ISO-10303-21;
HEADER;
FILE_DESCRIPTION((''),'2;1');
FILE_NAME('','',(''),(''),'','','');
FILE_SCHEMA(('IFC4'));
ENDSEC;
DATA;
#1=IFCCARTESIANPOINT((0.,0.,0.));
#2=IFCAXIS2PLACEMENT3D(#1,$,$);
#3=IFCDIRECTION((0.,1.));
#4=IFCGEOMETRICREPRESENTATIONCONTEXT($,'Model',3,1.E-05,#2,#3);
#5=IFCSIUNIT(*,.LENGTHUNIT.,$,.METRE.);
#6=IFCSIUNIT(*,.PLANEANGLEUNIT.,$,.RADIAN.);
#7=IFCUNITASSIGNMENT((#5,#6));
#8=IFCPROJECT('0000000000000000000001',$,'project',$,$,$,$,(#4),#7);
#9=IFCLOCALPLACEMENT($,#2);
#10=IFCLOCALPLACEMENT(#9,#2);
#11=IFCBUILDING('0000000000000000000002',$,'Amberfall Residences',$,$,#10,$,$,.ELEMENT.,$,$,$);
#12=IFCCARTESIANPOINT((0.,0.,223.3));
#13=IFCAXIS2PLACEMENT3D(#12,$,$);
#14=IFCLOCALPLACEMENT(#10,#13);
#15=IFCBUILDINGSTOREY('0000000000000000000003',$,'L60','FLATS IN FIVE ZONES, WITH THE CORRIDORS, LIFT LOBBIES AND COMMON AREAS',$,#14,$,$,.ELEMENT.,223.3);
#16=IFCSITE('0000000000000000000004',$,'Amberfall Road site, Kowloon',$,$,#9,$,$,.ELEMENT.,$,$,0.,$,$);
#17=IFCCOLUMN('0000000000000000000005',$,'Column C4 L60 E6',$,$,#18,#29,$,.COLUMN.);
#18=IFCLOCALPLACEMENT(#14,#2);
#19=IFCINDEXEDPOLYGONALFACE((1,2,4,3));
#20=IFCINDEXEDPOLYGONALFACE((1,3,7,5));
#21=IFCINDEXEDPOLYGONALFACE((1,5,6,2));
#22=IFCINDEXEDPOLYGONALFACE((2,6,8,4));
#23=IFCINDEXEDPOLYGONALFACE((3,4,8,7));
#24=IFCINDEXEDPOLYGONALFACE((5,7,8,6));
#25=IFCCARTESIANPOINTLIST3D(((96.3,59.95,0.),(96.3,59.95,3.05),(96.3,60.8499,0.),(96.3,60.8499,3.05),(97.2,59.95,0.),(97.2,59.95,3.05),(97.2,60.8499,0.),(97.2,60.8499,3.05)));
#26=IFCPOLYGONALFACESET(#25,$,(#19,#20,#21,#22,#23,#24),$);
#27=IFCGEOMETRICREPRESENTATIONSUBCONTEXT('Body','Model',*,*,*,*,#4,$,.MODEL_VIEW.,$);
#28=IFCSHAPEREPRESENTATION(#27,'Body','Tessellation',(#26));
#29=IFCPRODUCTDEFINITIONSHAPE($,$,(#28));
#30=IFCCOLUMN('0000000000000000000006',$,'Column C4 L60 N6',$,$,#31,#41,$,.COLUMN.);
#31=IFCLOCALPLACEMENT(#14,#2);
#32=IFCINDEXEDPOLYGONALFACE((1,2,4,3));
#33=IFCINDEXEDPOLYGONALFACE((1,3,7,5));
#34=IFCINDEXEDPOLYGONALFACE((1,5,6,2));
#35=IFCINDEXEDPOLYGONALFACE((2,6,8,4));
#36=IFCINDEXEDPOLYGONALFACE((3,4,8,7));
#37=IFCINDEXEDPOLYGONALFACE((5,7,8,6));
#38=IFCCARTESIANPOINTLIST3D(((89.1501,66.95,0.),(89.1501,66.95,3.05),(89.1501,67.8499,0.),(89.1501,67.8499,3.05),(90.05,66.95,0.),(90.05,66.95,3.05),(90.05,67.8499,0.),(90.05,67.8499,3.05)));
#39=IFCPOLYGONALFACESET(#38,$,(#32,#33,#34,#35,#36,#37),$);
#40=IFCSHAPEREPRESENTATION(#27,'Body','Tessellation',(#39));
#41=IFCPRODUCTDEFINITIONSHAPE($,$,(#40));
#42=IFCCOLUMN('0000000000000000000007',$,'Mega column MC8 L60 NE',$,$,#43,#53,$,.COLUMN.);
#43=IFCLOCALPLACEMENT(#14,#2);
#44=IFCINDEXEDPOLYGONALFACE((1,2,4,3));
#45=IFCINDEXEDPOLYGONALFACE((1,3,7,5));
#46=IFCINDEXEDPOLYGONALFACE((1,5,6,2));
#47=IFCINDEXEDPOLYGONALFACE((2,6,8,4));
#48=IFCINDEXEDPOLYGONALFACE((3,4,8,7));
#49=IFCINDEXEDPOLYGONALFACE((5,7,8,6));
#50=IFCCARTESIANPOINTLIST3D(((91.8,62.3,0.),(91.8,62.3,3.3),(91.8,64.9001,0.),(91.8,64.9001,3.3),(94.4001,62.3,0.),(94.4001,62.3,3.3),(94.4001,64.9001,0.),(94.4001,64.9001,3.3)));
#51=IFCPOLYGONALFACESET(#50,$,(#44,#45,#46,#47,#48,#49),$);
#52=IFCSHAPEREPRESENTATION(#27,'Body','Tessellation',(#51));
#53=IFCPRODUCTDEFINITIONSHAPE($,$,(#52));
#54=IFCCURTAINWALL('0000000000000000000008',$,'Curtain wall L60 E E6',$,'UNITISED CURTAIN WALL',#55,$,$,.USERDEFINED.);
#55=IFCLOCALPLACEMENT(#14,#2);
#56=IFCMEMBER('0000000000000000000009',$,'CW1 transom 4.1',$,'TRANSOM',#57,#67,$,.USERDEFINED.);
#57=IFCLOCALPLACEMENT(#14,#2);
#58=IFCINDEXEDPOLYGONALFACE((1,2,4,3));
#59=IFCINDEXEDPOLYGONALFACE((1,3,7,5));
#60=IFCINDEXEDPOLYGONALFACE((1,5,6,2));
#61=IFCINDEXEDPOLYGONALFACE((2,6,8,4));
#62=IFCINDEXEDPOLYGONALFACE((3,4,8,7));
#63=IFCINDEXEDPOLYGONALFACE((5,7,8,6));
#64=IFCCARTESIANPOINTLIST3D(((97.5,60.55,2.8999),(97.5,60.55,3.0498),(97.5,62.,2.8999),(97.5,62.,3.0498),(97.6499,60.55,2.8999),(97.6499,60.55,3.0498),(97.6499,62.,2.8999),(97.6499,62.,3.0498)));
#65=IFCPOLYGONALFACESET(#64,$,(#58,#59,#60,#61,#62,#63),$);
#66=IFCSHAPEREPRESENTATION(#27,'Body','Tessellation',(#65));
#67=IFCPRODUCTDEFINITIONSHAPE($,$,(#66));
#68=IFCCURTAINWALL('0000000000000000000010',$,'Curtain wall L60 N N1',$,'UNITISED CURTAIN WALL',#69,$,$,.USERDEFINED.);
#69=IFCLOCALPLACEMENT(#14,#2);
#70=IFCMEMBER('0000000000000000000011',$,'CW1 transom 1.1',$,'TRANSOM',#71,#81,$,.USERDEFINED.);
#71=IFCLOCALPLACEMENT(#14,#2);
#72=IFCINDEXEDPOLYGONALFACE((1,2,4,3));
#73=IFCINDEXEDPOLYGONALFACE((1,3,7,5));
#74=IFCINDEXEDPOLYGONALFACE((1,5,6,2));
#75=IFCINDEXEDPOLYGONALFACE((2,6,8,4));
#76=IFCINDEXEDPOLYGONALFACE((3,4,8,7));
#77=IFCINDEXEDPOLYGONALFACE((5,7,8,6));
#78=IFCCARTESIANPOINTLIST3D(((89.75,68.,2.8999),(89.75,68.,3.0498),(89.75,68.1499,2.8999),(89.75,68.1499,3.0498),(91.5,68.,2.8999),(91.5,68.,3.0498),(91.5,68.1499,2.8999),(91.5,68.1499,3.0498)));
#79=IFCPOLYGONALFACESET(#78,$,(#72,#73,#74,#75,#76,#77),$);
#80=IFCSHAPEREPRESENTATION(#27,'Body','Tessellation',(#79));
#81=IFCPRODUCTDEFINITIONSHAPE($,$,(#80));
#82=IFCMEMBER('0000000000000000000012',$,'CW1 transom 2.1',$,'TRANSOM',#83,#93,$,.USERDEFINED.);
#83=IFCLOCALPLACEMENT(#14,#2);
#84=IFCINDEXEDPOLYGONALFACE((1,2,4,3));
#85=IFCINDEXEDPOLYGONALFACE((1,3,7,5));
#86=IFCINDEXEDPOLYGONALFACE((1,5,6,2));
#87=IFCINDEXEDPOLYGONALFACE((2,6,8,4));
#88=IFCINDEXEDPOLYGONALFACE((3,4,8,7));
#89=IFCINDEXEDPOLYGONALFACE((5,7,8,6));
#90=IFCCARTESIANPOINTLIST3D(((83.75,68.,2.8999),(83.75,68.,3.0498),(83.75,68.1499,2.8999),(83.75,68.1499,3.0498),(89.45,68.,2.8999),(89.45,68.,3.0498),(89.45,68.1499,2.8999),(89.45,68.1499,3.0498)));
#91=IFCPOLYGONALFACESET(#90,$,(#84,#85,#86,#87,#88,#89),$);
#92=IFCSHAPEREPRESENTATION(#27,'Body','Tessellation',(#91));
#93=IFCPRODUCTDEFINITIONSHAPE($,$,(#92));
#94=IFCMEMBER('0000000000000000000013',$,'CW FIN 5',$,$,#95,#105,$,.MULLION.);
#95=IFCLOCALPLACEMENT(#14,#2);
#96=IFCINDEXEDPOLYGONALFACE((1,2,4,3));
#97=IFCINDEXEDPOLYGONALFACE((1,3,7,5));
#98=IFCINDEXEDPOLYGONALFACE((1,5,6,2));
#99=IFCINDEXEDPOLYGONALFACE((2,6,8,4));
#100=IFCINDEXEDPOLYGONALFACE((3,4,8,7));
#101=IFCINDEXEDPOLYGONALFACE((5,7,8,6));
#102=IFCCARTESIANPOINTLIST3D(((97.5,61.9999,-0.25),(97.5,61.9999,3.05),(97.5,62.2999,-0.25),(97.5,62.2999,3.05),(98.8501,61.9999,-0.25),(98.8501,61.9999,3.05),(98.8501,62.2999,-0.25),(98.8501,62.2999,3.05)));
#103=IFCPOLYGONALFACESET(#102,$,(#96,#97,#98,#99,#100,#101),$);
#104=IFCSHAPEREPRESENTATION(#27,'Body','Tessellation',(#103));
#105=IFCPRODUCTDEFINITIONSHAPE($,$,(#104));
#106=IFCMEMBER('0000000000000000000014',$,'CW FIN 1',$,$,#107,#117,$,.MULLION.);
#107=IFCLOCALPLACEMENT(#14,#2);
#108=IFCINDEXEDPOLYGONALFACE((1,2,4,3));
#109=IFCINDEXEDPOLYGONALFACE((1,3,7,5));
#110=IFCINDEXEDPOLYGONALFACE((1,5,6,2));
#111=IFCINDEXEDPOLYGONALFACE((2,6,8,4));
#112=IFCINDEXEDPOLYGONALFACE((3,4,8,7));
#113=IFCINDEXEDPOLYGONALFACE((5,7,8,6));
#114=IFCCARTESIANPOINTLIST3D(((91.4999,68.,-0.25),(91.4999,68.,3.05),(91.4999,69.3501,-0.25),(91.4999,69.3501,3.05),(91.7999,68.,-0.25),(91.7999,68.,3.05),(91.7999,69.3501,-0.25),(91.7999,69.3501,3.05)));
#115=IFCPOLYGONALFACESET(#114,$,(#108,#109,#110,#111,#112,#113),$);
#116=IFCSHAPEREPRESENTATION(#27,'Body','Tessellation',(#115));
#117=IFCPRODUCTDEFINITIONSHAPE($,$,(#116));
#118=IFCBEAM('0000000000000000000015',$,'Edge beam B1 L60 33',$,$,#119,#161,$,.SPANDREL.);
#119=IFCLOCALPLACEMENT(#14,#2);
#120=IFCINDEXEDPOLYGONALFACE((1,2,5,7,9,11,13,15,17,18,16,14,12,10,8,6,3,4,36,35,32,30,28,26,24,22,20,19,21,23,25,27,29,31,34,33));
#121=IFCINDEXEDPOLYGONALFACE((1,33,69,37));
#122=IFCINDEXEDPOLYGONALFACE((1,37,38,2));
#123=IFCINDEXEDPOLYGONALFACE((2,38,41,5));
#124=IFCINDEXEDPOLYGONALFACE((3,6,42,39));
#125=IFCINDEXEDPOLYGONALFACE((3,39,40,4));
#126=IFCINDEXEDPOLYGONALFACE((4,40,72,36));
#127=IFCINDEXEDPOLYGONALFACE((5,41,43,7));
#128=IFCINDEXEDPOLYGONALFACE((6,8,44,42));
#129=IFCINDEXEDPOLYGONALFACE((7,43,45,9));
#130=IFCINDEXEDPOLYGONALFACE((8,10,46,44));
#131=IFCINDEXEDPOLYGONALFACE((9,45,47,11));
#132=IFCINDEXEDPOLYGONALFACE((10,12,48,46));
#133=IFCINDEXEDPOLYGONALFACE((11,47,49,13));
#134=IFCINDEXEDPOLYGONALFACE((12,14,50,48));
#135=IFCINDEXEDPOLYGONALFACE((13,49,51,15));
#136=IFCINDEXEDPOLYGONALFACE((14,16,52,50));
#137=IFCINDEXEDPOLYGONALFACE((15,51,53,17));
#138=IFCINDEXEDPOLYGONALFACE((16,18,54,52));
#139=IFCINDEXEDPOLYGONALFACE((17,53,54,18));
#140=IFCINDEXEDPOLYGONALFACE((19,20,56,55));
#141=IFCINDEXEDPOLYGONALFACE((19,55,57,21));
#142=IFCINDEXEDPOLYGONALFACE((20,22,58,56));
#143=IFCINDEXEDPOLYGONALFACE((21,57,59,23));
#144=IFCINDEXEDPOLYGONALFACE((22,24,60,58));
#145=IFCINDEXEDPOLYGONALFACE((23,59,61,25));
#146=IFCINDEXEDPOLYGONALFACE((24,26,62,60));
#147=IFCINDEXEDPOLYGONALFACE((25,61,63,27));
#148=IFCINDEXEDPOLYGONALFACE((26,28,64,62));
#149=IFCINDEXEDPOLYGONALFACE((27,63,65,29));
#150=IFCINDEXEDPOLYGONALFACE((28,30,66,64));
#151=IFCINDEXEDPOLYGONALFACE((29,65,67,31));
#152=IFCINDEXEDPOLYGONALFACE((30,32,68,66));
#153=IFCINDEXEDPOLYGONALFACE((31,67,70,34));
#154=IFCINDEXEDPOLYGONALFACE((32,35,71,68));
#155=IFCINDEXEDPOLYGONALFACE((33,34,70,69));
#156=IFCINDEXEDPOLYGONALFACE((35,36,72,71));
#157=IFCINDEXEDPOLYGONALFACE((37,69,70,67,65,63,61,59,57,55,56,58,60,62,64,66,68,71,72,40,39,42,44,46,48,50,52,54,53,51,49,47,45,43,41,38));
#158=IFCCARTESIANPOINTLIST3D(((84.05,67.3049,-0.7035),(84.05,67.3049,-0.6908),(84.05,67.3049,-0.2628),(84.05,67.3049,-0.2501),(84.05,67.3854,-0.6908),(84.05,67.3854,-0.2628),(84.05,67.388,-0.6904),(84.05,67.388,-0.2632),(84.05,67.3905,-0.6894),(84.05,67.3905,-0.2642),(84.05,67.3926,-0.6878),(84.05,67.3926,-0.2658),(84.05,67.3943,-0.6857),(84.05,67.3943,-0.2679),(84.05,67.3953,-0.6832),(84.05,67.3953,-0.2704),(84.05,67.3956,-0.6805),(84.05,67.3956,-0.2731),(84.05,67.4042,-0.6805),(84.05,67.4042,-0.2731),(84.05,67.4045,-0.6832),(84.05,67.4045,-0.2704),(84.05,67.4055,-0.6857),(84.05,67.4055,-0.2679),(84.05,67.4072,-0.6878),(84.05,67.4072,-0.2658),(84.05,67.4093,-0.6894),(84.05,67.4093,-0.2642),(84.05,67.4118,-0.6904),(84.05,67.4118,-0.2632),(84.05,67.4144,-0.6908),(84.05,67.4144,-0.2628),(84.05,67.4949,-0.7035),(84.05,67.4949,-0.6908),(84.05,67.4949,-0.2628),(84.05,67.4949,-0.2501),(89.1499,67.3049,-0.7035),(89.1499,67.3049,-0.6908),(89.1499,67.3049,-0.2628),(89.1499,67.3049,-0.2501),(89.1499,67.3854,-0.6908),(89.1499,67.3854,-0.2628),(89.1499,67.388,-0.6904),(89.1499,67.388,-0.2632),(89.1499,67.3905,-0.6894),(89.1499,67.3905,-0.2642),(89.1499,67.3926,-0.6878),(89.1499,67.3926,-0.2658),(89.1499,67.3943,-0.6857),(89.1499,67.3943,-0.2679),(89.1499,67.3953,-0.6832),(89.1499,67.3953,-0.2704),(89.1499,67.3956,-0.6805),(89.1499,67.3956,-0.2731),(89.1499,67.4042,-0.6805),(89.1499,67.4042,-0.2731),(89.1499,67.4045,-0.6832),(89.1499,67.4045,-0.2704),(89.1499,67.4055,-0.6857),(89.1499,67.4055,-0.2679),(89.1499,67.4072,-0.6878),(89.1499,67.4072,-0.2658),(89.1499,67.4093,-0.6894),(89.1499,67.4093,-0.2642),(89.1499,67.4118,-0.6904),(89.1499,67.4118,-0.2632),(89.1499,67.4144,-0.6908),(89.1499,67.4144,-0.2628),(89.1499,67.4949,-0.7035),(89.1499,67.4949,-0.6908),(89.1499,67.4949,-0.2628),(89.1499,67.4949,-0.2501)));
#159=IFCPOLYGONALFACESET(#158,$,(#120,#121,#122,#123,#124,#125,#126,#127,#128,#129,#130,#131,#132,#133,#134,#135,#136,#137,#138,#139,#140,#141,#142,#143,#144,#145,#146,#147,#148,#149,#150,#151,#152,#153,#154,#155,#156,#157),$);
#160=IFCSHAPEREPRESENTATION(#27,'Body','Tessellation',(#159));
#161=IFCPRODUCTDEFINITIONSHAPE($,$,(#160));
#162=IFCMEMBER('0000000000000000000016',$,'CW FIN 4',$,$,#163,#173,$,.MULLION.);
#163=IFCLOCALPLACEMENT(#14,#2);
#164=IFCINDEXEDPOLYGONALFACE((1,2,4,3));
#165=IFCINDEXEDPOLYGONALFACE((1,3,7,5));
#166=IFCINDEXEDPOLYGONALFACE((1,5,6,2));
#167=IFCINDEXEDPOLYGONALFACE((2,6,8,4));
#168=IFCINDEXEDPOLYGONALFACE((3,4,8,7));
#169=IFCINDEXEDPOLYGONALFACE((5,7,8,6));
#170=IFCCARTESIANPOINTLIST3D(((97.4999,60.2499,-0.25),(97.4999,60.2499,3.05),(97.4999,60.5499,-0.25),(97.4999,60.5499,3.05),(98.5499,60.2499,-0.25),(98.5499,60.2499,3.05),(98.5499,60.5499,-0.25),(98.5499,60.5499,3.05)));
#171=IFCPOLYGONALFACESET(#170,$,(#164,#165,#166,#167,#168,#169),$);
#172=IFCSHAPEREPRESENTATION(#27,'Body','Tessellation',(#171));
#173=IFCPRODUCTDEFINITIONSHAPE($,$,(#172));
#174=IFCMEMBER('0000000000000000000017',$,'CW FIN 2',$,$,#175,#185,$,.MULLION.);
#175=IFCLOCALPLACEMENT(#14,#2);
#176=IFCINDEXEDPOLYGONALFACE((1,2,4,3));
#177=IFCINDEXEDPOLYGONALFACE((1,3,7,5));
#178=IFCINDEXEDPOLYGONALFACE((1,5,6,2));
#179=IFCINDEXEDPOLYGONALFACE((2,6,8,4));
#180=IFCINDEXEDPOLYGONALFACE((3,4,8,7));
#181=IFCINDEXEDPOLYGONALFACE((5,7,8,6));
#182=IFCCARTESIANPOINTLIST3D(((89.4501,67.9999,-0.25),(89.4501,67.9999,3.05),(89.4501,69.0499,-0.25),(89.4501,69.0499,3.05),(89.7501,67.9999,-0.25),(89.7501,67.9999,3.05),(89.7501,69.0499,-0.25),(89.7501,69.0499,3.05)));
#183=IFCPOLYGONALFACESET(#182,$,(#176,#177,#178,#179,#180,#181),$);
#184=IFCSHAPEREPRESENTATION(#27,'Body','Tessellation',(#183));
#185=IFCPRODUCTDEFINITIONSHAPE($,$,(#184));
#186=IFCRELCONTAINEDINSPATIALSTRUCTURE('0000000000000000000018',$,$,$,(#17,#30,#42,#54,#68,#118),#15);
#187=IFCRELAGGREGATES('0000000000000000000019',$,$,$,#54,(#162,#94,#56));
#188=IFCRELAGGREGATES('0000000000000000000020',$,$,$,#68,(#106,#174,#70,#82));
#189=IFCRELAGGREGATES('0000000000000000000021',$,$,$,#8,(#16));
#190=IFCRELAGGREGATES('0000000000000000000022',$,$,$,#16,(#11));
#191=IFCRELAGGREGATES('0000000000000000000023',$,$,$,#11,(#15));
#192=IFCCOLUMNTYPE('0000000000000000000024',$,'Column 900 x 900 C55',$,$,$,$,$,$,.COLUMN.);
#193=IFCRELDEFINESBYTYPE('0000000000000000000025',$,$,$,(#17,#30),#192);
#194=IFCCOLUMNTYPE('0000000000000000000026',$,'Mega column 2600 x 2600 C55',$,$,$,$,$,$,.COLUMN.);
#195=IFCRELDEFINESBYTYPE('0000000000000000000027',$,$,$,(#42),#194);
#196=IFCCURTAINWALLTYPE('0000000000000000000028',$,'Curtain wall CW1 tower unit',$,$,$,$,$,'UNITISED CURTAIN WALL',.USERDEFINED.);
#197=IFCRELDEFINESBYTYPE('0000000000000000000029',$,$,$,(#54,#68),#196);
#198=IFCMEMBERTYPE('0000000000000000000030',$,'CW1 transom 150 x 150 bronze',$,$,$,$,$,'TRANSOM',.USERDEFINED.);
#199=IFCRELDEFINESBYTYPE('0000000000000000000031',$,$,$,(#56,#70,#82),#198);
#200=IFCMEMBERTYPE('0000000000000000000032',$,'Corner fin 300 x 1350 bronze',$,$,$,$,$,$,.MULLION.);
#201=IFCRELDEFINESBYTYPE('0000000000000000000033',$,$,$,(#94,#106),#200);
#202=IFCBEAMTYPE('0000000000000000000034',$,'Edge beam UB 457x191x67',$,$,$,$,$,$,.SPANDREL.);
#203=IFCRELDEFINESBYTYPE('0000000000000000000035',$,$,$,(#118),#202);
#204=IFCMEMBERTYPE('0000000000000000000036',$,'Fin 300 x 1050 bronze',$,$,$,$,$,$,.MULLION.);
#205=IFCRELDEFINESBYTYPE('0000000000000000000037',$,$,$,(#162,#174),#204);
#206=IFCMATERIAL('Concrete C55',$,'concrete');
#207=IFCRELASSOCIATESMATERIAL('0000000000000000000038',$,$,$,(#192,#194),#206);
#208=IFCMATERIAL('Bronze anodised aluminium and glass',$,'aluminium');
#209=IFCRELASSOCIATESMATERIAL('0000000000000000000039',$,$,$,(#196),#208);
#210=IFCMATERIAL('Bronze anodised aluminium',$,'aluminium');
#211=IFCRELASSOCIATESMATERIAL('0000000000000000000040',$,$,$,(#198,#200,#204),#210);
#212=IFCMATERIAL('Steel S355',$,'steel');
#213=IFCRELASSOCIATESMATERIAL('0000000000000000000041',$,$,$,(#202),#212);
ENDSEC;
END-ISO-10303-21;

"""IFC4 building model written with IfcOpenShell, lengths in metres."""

from ifc_helpers import new_model, si_unit, direction, frame, origin, origin_2d, place, context, subcontext, project, spatial, rectangle, i_section, extrude, material, material_profile, profile_set, type_object, element, aggregate, save


model = new_model("IFC4")

# Units and contexts
model_context = context("Model", 3, precision=1e-05, world=origin(), true_north=direction((0.0, 1.0)))
body_context = subcontext(model_context, "Body", "Model", "MODEL_VIEW")
ifc_project = project(units=[si_unit("LENGTHUNIT", "METRE"), si_unit("PLANEANGLEUNIT", "RADIAN")], contexts=[model_context])

# Site, building, storey
site_placement = place(None, origin())
site = spatial("IfcSite", under=ifc_project, at=site_placement, Name="Amberfall Road site, Kowloon", CompositionType="ELEMENT", RefElevation=0.0)
building_placement = place(site_placement, origin())
building = spatial("IfcBuilding", under=site, at=building_placement, Name="Amberfall Residences", CompositionType="ELEMENT")
storey_placement = place(building_placement, frame((0.0, 0.0, 223.3)))
storey = spatial("IfcBuildingStorey", under=building, at=storey_placement, Name="L60", Description="FLATS IN FIVE ZONES, WITH THE CORRIDORS, LIFT LOBBIES AND COMMON AREAS", CompositionType="ELEMENT", Elevation=223.3)

# Columns
ifc_material_1 = material(Name="Concrete C55", Category="concrete")
ifc_material_profile_1 = material_profile(ifc_material_1, rectangle(XDim=0.8999, YDim=0.8999, at=origin_2d()), Name="Column 900 x 900 C55")
ifc_profile_set_1 = profile_set([ifc_material_profile_1], Name="Concrete C55")
column_type_1 = type_object("IfcColumnType", Name="Column 900 x 900 C55", PredefinedType="COLUMN", material=ifc_profile_set_1)
for number, where, z_axis, x_axis, name in (
    (1, (96.75, 60.3999, 0.0), (0.0, 0.0, 1.0), (1.0, 0.0, 0.0), "Column C4 L60 E6"),
    (2, (89.6001, 67.3999, 0.0), (0.0, 0.0, 1.0), (1.0, 0.0, 0.0), "Column C4 L60 N6"),
):
    element("IfcColumn", number, at=place(storey_placement, frame(where, z_axis=z_axis, x_axis=x_axis)), inside=storey, type_object=column_type_1, Name=name, PredefinedType="COLUMN", context=body_context, shape_type="SweptSolid", body=[
        extrude(rectangle(XDim=0.8999, YDim=0.8999, at=origin_2d()), origin(), (0.0, 0.0, 1.0), 3.05),
    ])
ifc_material_profile_2 = material_profile(ifc_material_1, rectangle(XDim=2.6001, YDim=2.6001, at=origin_2d()), Name="Mega column 2600 x 2600 C55")
ifc_profile_set_2 = profile_set([ifc_material_profile_2], Name="Concrete C55")
column_type_2 = type_object("IfcColumnType", Name="Mega column 2600 x 2600 C55", PredefinedType="COLUMN", material=ifc_profile_set_2)
column_placement = place(storey_placement, frame((93.1001, 63.6001, 0.0), z_axis=(0.0, 0.0, 1.0), x_axis=(1.0, 0.0, 0.0)))
element("IfcColumn", 3, at=column_placement, inside=storey, type_object=column_type_2, Name="Mega column MC8 L60 NE", PredefinedType="COLUMN", context=body_context, shape_type="SweptSolid", body=[
    extrude(rectangle(XDim=2.6001, YDim=2.6001, at=origin_2d()), origin(), (0.0, 0.0, 1.0), 3.3),
])

# Curtain wall, member
ifc_material_2 = material(Name="Bronze anodised aluminium and glass", Category="aluminium")
curtain_wall_type = type_object("IfcCurtainWallType", Name="Curtain wall CW1 tower unit", ElementType="UNITISED CURTAIN WALL", PredefinedType="USERDEFINED", material=ifc_material_2)
curtain_wall_1_placement = place(storey_placement, origin())
curtain_wall_1 = element("IfcCurtainWall", 4, at=curtain_wall_1_placement, inside=storey, type_object=curtain_wall_type, Name="Curtain wall L60 E E6", ObjectType="UNITISED CURTAIN WALL", PredefinedType="USERDEFINED")
ifc_material_3 = material(Name="Bronze anodised aluminium", Category="aluminium")
ifc_material_profile_3 = material_profile(ifc_material_3, rectangle(XDim=0.1499, YDim=0.1499, at=origin_2d()), Name="CW1 transom 150 x 150 bronze")
ifc_profile_set_3 = profile_set([ifc_material_profile_3], Name="Bronze anodised aluminium")
member_type_1 = type_object("IfcMemberType", Name="CW1 transom 150 x 150 bronze", ElementType="TRANSOM", PredefinedType="USERDEFINED", material=ifc_profile_set_3)
member_1_placement = place(storey_placement, frame((97.575, 60.55, 2.9749), z_axis=(0.0, 1.0, 0.0), x_axis=(-1.0, 0.0, 0.0)))
member_1 = element("IfcMember", 5, at=member_1_placement, type_object=member_type_1, Name="CW1 transom 4.1", ObjectType="TRANSOM", PredefinedType="USERDEFINED", context=body_context, shape_type="SweptSolid", body=[
    extrude(rectangle(XDim=0.1499, YDim=0.1499, at=origin_2d()), origin(), (0.0, 0.0, 1.0), 1.45),
])

# Curtain wall, members
curtain_wall_2_placement = place(storey_placement, origin())
curtain_wall_2 = element("IfcCurtainWall", 6, at=curtain_wall_2_placement, inside=storey, type_object=curtain_wall_type, Name="Curtain wall L60 N N1", ObjectType="UNITISED CURTAIN WALL", PredefinedType="USERDEFINED")
member_2_placement = place(storey_placement, frame((91.5, 68.075, 2.9749), z_axis=(-1.0, 0.0, 0.0), x_axis=(0.0, -1.0, 0.0)))
member_2 = element("IfcMember", 7, at=member_2_placement, type_object=member_type_1, Name="CW1 transom 1.1", ObjectType="TRANSOM", PredefinedType="USERDEFINED", context=body_context, shape_type="SweptSolid", body=[
    extrude(rectangle(XDim=0.1499, YDim=0.1499, at=origin_2d()), origin(), (0.0, 0.0, 1.0), 1.75),
])
member_3_placement = place(storey_placement, frame((89.45, 68.075, 2.9749), z_axis=(-1.0, 0.0, 0.0), x_axis=(0.0, -1.0, 0.0)))
member_3 = element("IfcMember", 8, at=member_3_placement, type_object=member_type_1, Name="CW1 transom 2.1", ObjectType="TRANSOM", PredefinedType="USERDEFINED", context=body_context, shape_type="SweptSolid", body=[
    extrude(rectangle(XDim=0.1499, YDim=0.1499, at=origin_2d()), origin(), (0.0, 0.0, 1.0), 5.7),
])

# Members
ifc_material_profile_4 = material_profile(ifc_material_3, rectangle(XDim=1.3501, YDim=0.3, at=origin_2d()), Name="Corner fin 300 x 1350 bronze")
ifc_profile_set_4 = profile_set([ifc_material_profile_4], Name="Bronze anodised aluminium")
member_type_2 = type_object("IfcMemberType", Name="Corner fin 300 x 1350 bronze", PredefinedType="MULLION", material=ifc_profile_set_4)
member_4_placement = place(storey_placement, frame((98.175, 62.1499, -0.25), z_axis=(0.0, 0.0, 1.0), x_axis=(-1.0, 0.0, 0.0)))
member_4 = element("IfcMember", 9, at=member_4_placement, type_object=member_type_2, Name="CW FIN 5", PredefinedType="MULLION", context=body_context, shape_type="SweptSolid", body=[
    extrude(rectangle(XDim=1.3501, YDim=0.3, at=origin_2d()), origin(), (0.0, 0.0, 1.0), 3.3),
])
member_5_placement = place(storey_placement, frame((91.6499, 68.675, -0.25), z_axis=(0.0, 0.0, 1.0), x_axis=(0.0, -1.0, 0.0)))
member_5 = element("IfcMember", 10, at=member_5_placement, type_object=member_type_2, Name="CW FIN 1", PredefinedType="MULLION", context=body_context, shape_type="SweptSolid", body=[
    extrude(rectangle(XDim=1.3501, YDim=0.3, at=origin_2d()), origin(), (0.0, 0.0, 1.0), 3.3),
])

# Beam
ifc_material_4 = material(Name="Steel S355", Category="steel")
ifc_material_profile_5 = material_profile(ifc_material_4, i_section(OverallWidth=0.1899, OverallDepth=0.4534, WebThickness=0.0085, FlangeThickness=0.0127, FilletRadius=0.0103, at=origin_2d()), Name="UB 457x191x67")
ifc_profile_set_5 = profile_set([ifc_material_profile_5], Name="Steel S355")
beam_type_1 = type_object("IfcBeamType", Name="Edge beam UB 457x191x67", PredefinedType="SPANDREL", material=ifc_profile_set_5)
beam_1_placement = place(storey_placement, frame((84.05, 67.3999, -0.4768), z_axis=(1.0, 0.0, 0.0), x_axis=(0.0, 1.0, 0.0)))
element("IfcBeam", 11, at=beam_1_placement, inside=storey, type_object=beam_type_1, Name="Edge beam B1 L60 33", PredefinedType="SPANDREL", context=body_context, shape_type="SweptSolid", body=[
    extrude(i_section(OverallWidth=0.1899, OverallDepth=0.4534, WebThickness=0.0085, FlangeThickness=0.0127, FilletRadius=0.0103, at=origin_2d()), origin(), (0.0, 0.0, 1.0), 5.0999),
])

# Members
ifc_material_profile_6 = material_profile(ifc_material_3, rectangle(XDim=1.05, YDim=0.3, at=origin_2d()), Name="Fin 300 x 1050 bronze")
ifc_profile_set_6 = profile_set([ifc_material_profile_6], Name="Bronze anodised aluminium")
member_type_3 = type_object("IfcMemberType", Name="Fin 300 x 1050 bronze", PredefinedType="MULLION", material=ifc_profile_set_6)
member_6_placement = place(storey_placement, frame((98.0249, 60.3999, -0.25), z_axis=(0.0, 0.0, 1.0), x_axis=(-1.0, 0.0, 0.0)))
member_6 = element("IfcMember", 12, at=member_6_placement, type_object=member_type_3, Name="CW FIN 4", PredefinedType="MULLION", context=body_context, shape_type="SweptSolid", body=[
    extrude(rectangle(XDim=1.05, YDim=0.3, at=origin_2d()), origin(), (0.0, 0.0, 1.0), 3.3),
])
member_7_placement = place(storey_placement, frame((89.6001, 68.5249, -0.25), z_axis=(0.0, 0.0, 1.0), x_axis=(0.0, -1.0, 0.0)))
member_7 = element("IfcMember", 13, at=member_7_placement, type_object=member_type_3, Name="CW FIN 2", PredefinedType="MULLION", context=body_context, shape_type="SweptSolid", body=[
    extrude(rectangle(XDim=1.05, YDim=0.3, at=origin_2d()), origin(), (0.0, 0.0, 1.0), 3.3),
])

aggregate(curtain_wall_1, [member_6, member_4, member_1])
aggregate(curtain_wall_2, [member_5, member_7, member_2, member_3])

save(model, "model.ifc")
